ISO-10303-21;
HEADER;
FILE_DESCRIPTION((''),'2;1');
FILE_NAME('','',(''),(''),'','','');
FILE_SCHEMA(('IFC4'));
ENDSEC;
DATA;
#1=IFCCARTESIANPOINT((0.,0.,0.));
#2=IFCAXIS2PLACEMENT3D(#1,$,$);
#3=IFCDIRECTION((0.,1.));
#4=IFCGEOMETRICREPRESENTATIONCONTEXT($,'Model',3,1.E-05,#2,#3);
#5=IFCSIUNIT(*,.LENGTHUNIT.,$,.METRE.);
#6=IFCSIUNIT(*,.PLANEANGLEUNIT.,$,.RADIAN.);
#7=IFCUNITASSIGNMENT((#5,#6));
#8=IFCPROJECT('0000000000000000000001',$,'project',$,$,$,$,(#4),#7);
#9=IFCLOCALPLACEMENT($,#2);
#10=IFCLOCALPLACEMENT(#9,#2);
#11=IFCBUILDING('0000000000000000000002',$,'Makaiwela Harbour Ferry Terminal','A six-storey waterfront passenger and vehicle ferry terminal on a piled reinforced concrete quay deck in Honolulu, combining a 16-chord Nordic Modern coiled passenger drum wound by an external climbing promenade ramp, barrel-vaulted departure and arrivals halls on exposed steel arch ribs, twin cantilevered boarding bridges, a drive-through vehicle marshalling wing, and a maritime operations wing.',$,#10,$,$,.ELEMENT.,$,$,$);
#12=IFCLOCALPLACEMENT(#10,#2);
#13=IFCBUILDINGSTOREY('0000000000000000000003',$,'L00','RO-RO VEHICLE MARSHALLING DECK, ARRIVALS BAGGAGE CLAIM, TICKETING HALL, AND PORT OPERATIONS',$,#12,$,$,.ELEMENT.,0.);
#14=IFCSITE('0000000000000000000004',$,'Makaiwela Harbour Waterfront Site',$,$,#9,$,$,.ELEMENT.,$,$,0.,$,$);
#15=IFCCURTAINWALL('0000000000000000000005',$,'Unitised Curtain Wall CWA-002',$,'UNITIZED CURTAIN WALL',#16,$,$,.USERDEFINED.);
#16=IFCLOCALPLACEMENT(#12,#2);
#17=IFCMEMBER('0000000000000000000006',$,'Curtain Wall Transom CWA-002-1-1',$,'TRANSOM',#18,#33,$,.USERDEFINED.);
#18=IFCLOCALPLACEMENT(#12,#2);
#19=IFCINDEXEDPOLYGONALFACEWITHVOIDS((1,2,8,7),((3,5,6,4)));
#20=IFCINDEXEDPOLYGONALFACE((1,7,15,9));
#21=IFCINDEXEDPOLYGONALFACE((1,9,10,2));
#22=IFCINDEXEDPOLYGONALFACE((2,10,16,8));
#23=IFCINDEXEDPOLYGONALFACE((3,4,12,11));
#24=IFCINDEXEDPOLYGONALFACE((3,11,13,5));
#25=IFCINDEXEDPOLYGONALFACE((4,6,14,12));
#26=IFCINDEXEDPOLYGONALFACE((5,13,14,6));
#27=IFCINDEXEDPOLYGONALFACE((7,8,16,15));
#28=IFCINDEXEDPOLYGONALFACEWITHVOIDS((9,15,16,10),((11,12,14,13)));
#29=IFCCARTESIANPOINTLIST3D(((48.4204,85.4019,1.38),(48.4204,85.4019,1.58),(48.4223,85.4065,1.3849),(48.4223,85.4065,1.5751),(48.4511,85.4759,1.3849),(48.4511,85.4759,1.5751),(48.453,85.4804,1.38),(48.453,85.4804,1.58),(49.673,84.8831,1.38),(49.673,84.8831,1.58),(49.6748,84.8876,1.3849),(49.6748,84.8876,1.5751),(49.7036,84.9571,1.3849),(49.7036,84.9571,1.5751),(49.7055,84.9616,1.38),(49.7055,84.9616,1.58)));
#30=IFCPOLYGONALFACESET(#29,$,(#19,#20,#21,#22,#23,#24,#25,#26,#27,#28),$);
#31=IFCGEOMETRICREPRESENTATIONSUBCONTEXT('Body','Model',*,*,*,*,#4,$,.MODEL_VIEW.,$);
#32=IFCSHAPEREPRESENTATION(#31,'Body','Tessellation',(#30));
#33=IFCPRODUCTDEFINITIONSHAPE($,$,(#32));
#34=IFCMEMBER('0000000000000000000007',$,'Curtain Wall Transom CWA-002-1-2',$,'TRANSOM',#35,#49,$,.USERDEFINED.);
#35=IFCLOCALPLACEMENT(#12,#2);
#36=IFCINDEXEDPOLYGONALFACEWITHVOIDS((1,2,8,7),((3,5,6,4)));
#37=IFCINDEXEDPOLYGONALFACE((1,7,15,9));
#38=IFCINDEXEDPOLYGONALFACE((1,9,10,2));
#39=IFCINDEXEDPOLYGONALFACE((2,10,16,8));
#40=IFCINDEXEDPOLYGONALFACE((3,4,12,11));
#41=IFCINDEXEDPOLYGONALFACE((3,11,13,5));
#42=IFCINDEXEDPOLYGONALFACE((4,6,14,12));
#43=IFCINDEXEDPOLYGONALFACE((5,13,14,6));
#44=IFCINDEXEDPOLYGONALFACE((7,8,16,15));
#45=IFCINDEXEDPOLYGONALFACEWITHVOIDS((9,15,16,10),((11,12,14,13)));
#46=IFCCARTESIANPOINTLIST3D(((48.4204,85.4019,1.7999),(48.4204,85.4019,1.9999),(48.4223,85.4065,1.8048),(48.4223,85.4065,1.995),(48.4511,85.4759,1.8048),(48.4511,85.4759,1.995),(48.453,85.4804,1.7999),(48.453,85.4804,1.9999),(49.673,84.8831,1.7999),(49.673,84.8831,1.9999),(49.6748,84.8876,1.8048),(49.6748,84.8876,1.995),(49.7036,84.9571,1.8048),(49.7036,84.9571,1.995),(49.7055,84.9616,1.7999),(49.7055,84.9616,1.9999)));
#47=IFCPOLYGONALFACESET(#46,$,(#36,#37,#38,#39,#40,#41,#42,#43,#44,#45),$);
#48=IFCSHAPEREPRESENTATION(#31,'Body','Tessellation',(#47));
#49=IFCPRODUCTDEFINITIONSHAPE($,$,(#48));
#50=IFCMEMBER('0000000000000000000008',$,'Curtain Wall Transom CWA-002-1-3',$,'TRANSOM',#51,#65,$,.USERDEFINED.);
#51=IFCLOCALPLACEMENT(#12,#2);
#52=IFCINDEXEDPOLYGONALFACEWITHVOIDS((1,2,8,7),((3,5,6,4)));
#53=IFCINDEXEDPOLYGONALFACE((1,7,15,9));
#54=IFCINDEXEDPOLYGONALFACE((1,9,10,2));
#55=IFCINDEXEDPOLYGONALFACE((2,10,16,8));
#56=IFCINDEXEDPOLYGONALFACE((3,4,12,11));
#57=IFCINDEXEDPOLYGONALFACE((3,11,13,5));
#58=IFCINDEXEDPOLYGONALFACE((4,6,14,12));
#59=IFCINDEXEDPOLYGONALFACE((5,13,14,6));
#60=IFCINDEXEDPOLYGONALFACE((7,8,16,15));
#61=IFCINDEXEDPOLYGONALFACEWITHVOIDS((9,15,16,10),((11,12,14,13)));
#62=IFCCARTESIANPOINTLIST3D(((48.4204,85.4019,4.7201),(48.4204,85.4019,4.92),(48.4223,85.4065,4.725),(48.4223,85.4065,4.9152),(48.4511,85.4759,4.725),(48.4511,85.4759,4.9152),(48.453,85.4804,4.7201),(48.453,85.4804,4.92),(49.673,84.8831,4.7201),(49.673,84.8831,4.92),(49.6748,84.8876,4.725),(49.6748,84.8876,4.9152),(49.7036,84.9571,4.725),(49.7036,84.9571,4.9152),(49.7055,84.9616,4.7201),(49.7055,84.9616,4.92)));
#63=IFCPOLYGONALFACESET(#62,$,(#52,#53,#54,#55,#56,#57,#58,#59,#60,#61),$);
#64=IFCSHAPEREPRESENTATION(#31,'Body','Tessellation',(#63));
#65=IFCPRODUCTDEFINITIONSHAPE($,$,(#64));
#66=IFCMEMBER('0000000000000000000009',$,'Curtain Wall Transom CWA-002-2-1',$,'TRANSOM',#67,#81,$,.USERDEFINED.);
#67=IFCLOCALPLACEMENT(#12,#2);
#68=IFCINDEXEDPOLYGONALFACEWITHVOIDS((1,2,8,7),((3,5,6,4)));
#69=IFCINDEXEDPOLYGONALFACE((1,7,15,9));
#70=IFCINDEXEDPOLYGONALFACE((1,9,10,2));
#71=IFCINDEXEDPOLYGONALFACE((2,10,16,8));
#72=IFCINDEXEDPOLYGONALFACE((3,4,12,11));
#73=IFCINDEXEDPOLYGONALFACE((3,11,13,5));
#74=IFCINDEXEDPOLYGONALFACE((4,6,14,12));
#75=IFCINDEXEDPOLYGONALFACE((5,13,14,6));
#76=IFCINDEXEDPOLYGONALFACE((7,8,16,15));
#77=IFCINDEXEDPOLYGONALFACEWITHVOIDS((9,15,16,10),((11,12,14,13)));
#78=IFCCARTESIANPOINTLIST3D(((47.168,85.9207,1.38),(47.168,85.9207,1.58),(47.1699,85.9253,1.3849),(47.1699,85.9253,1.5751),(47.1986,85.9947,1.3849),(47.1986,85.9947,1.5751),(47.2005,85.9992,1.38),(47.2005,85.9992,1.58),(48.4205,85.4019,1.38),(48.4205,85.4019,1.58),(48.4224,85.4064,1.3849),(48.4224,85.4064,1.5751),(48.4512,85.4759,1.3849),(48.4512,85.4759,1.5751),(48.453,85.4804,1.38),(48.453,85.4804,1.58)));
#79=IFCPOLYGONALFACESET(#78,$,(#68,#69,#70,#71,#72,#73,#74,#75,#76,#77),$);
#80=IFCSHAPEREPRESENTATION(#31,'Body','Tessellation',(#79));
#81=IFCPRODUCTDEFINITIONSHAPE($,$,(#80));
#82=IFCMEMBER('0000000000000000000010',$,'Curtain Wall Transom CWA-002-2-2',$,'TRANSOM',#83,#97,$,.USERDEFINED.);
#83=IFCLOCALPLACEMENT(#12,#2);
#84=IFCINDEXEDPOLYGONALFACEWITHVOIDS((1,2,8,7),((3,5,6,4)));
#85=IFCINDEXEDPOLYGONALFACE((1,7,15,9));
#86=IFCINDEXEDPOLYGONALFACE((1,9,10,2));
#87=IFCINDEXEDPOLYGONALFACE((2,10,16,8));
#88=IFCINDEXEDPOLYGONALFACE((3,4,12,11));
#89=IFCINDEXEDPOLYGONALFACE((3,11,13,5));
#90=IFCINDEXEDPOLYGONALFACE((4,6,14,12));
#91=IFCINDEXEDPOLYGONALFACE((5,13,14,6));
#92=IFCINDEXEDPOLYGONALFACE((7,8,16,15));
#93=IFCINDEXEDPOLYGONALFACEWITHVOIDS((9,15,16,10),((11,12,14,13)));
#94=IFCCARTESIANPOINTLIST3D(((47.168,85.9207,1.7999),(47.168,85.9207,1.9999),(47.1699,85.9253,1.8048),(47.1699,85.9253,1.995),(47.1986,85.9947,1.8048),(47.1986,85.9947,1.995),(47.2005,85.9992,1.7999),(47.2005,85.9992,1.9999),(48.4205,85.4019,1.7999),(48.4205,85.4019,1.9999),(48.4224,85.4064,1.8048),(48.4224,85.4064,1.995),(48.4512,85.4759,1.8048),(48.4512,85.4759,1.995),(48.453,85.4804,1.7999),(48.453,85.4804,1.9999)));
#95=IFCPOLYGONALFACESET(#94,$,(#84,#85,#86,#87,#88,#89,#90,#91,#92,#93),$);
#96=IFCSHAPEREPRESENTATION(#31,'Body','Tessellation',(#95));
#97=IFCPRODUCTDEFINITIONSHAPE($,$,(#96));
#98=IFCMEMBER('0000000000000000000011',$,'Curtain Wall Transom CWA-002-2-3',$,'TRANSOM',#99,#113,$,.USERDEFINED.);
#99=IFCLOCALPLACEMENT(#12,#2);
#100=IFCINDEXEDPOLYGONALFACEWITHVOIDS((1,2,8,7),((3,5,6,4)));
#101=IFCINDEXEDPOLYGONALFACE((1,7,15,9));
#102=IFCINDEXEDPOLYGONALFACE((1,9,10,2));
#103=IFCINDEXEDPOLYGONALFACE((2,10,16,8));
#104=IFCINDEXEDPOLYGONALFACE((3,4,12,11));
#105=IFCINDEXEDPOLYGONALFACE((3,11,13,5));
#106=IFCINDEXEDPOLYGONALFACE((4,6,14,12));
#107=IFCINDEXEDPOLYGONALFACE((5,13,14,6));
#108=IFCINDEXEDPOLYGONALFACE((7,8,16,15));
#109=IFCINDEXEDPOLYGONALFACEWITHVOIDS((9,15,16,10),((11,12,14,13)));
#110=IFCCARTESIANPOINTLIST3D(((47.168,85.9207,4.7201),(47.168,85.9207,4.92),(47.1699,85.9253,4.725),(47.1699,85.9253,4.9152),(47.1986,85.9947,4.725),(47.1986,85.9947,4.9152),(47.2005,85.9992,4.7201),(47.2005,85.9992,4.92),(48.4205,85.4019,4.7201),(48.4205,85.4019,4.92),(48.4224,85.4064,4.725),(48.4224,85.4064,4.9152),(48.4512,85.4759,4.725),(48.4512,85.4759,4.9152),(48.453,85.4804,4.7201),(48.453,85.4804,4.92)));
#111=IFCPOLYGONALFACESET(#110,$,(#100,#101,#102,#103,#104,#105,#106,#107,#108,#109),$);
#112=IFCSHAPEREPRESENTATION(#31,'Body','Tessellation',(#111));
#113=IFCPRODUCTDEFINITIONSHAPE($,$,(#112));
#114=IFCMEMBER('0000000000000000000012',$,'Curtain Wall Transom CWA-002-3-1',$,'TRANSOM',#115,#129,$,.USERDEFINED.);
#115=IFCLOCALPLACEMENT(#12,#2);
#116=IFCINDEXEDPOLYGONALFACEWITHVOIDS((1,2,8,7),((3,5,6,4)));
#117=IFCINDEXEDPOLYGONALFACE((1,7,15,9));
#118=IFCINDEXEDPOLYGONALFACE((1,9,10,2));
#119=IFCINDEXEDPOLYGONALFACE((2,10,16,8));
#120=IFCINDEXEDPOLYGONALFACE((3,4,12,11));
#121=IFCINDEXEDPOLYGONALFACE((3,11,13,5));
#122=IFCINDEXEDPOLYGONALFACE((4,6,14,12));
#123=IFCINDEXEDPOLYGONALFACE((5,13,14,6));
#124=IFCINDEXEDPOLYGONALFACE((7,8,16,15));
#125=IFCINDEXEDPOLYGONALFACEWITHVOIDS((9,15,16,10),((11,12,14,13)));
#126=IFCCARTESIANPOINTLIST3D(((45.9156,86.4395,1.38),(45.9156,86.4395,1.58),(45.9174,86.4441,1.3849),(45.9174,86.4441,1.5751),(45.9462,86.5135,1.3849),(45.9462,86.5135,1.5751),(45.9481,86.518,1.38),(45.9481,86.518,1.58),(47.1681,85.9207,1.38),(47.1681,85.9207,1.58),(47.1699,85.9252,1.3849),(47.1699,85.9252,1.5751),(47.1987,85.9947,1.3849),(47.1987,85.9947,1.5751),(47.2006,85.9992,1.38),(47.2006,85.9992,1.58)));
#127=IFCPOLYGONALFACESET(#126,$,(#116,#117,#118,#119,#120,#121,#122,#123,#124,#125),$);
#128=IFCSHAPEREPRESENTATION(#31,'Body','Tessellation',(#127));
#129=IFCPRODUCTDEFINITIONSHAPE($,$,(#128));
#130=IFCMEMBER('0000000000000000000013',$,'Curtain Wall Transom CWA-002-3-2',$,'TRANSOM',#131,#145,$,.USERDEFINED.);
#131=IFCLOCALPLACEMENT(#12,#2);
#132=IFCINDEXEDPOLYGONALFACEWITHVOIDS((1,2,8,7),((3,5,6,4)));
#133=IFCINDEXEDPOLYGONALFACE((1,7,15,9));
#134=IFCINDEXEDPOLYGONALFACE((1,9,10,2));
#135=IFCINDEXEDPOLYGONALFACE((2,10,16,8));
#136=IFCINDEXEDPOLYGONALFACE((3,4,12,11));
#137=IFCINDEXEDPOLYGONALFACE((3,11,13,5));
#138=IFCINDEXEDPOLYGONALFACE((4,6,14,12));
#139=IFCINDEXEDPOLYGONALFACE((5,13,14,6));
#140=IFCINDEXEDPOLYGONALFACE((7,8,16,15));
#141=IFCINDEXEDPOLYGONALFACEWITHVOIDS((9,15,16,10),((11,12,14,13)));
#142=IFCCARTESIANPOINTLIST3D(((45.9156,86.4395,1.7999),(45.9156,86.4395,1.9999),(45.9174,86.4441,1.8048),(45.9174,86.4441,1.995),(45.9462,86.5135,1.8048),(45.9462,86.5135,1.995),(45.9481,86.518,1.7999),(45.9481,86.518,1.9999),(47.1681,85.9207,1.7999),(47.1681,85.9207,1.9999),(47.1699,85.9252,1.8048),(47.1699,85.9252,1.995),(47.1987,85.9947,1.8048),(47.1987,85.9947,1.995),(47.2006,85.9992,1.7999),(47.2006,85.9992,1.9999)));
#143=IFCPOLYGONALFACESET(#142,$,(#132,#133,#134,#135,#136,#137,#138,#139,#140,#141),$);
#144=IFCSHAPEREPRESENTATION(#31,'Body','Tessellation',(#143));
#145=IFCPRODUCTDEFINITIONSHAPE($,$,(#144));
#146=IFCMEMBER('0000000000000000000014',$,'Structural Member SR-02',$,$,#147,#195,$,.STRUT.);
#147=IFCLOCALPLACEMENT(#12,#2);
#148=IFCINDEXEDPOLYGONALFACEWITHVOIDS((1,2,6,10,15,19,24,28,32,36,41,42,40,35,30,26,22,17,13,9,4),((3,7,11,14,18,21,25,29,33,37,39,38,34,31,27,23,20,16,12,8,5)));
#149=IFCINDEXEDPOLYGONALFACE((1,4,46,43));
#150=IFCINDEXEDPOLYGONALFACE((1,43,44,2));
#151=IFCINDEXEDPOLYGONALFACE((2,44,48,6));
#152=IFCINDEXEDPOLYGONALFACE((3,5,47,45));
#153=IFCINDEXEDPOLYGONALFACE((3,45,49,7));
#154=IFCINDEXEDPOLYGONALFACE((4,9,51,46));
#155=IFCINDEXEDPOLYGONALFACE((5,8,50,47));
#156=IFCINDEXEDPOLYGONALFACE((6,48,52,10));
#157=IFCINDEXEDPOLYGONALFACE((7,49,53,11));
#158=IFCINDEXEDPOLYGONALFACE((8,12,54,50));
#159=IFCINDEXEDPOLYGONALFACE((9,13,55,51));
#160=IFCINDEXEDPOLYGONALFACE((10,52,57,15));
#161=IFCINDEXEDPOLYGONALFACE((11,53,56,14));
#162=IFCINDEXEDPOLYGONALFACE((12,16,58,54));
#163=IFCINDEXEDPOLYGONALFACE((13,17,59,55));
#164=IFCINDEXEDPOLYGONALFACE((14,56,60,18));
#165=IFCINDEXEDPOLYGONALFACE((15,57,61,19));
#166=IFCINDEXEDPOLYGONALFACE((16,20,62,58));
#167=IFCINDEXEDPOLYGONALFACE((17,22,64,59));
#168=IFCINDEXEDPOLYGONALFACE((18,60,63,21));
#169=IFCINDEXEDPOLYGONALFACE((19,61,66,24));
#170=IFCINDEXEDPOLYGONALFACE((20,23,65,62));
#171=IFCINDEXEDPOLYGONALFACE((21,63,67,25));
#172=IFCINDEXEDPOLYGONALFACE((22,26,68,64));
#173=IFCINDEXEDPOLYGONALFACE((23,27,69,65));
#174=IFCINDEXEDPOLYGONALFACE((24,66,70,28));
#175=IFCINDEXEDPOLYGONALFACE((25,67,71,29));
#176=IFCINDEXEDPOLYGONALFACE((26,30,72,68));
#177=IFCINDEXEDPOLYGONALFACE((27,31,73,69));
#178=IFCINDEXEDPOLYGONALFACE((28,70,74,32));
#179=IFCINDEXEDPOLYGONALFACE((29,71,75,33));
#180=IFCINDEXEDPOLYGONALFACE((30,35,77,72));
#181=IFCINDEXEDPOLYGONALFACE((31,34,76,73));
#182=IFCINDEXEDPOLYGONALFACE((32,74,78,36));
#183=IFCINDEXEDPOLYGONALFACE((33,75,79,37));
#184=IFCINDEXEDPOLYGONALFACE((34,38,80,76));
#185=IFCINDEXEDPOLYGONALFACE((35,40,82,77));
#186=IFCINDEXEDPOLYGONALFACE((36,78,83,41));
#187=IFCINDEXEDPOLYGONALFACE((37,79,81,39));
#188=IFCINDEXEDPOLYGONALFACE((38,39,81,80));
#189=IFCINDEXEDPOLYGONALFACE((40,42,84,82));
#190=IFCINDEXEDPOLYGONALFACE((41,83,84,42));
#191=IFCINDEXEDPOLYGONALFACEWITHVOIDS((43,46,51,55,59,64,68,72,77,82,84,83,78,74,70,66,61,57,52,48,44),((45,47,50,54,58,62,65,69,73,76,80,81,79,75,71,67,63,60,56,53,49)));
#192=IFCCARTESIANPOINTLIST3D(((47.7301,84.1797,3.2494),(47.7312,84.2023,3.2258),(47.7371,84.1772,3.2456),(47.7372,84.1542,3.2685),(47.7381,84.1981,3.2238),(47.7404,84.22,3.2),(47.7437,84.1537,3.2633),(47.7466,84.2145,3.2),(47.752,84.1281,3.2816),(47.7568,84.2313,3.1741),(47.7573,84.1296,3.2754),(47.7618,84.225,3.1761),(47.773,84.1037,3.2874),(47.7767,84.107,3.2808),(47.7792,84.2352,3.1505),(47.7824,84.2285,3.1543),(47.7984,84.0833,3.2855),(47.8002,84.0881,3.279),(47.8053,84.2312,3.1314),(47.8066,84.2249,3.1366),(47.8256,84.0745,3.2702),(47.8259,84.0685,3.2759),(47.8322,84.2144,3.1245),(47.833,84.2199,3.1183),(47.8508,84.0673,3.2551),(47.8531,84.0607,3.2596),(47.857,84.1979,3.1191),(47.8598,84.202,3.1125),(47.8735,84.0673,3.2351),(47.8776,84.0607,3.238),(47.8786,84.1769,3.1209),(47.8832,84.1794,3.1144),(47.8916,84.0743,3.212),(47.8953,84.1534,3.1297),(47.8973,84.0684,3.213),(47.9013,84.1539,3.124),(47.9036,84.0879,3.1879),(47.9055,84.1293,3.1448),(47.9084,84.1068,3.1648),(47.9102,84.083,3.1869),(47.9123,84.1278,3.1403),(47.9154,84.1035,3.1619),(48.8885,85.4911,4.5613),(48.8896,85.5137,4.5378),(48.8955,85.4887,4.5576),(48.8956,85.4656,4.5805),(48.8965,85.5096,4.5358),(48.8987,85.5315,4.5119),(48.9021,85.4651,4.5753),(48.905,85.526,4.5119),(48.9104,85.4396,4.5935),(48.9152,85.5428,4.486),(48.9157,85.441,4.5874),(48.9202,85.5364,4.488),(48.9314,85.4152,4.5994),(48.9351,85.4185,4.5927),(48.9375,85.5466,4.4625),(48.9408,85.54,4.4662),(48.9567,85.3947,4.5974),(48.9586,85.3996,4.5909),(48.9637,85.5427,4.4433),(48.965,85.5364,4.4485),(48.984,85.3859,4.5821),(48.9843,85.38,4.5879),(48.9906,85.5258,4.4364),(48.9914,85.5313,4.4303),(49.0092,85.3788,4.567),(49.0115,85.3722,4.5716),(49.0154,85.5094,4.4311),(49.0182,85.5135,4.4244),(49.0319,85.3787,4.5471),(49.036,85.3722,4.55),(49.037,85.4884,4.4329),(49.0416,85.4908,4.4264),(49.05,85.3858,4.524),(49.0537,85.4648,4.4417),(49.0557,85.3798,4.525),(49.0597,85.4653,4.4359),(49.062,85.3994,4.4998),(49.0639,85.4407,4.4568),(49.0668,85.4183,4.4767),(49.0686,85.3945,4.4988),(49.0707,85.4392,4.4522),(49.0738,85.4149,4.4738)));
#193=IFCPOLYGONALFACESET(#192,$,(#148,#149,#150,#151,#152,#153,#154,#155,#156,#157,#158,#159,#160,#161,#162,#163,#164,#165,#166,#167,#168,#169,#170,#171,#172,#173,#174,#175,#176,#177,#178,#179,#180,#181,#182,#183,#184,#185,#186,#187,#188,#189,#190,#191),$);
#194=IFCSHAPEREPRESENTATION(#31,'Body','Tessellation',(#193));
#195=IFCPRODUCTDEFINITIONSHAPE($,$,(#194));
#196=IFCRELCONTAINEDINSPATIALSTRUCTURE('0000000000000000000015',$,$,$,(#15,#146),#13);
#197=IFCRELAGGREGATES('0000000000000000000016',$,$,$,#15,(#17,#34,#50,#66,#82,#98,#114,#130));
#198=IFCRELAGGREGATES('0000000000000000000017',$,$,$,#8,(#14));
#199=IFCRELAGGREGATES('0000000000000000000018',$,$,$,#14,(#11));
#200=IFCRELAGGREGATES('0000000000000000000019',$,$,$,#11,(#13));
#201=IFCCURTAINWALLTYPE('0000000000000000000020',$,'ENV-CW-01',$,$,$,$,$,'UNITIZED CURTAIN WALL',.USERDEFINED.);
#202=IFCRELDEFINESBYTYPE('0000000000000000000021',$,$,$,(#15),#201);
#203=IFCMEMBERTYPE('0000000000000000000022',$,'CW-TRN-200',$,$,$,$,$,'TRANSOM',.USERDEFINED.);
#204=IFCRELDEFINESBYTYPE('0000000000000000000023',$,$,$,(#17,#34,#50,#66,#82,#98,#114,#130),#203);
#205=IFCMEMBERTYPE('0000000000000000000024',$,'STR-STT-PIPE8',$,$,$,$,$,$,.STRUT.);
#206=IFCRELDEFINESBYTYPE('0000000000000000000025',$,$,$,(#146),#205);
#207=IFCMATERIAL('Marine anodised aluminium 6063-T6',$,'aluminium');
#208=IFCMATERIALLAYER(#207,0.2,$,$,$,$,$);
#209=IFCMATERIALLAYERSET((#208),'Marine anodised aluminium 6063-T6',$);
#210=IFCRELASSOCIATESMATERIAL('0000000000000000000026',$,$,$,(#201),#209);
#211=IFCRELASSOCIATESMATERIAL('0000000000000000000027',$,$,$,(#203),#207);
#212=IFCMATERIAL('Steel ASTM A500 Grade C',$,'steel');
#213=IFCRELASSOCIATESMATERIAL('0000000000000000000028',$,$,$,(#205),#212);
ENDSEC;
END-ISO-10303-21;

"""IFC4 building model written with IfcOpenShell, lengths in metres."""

from ifc_helpers import new_model, si_unit, direction, frame, origin, origin_2d, place, context, subcontext, project, spatial, hollow_rectangle, hollow_circle, extrude, material, layer, layer_set, material_profile, profile_set, type_object, element, aggregate, save


model = new_model("IFC4")

# Units and contexts
model_context = context("Model", 3, precision=1e-05, world=origin(), true_north=direction((0.0, 1.0)))
body_context = subcontext(model_context, "Body", "Model", "MODEL_VIEW")
ifc_project = project(units=[si_unit("LENGTHUNIT", "METRE"), si_unit("PLANEANGLEUNIT", "RADIAN")], contexts=[model_context])

# Site, building, storey
site_placement = place(None, origin())
site = spatial("IfcSite", under=ifc_project, at=site_placement, Name="Makaiwela Harbour Waterfront Site", CompositionType="ELEMENT", RefElevation=0.0)
building_placement = place(site_placement, origin())
building = spatial("IfcBuilding", under=site, at=building_placement, Name="Makaiwela Harbour Ferry Terminal", Description="A six-storey waterfront passenger and vehicle ferry terminal on a piled reinforced concrete quay deck in Honolulu, combining a 16-chord Nordic Modern coiled passenger drum wound by an external climbing promenade ramp, barrel-vaulted departure and arrivals halls on exposed steel arch ribs, twin cantilevered boarding bridges, a drive-through vehicle marshalling wing, and a maritime operations wing.", CompositionType="ELEMENT")
storey_placement = place(building_placement, origin())
storey = spatial("IfcBuildingStorey", under=building, at=storey_placement, Name="L00", Description="RO-RO VEHICLE MARSHALLING DECK, ARRIVALS BAGGAGE CLAIM, TICKETING HALL, AND PORT OPERATIONS", CompositionType="ELEMENT", Elevation=0.0)

# Shared definitions
ifc_material_1 = material(Name="Marine anodised aluminium 6063-T6", Category="aluminium")
ifc_layer_1 = layer(ifc_material_1, 0.2)
ifc_layer_set_1 = layer_set([ifc_layer_1], Name="Marine anodised aluminium 6063-T6")
curtain_wall_type = type_object("IfcCurtainWallType", Name="ENV-CW-01", ElementType="UNITIZED CURTAIN WALL", PredefinedType="USERDEFINED", material=ifc_layer_set_1)

# Curtain wall, members
curtain_wall_1_placement = place(storey_placement, origin())
curtain_wall_1 = element("IfcCurtainWall", 1, at=curtain_wall_1_placement, inside=storey, type_object=curtain_wall_type, Name="Unitised Curtain Wall CWA-002", ObjectType="UNITIZED CURTAIN WALL", PredefinedType="USERDEFINED")
ifc_material_profile_1 = material_profile(ifc_material_1, hollow_rectangle(XDim=0.085, YDim=0.2, WallThickness=0.0049, at=origin_2d()), Name="CWT-200X85")
ifc_profile_set_1 = profile_set([ifc_material_profile_1], Name="Marine anodised aluminium 6063-T6")
member_type_1 = type_object("IfcMemberType", Name="CW-TRN-200", ElementType="TRANSOM", PredefinedType="USERDEFINED", material=ifc_profile_set_1)
member_1_placement = place(storey_placement, frame((49.6892, 84.9224, 1.48), z_axis=(-0.923874, 0.382696, 0.0), x_axis=(-0.382696, -0.923874, 0.0)))
member_1 = element("IfcMember", 2, at=member_1_placement, type_object=member_type_1, Name="Curtain Wall Transom CWA-002-1-1", ObjectType="TRANSOM", PredefinedType="USERDEFINED", context=body_context, shape_type="SweptSolid", body=[
    extrude(hollow_rectangle(XDim=0.085, YDim=0.2, WallThickness=0.0049, at=origin_2d()), origin(), (0.0, 0.0, 1.0), 1.3557),
])
member_2_placement = place(storey_placement, frame((49.6892, 84.9224, 1.8999), z_axis=(-0.923874, 0.382696, 0.0), x_axis=(-0.382696, -0.923874, 0.0)))
member_2 = element("IfcMember", 3, at=member_2_placement, type_object=member_type_1, Name="Curtain Wall Transom CWA-002-1-2", ObjectType="TRANSOM", PredefinedType="USERDEFINED", context=body_context, shape_type="SweptSolid", body=[
    extrude(hollow_rectangle(XDim=0.085, YDim=0.2, WallThickness=0.0049, at=origin_2d()), origin(), (0.0, 0.0, 1.0), 1.3557),
])
member_3_placement = place(storey_placement, frame((49.6892, 84.9224, 4.8201), z_axis=(-0.923874, 0.382696, 0.0), x_axis=(-0.382696, -0.923874, 0.0)))
member_3 = element("IfcMember", 4, at=member_3_placement, type_object=member_type_1, Name="Curtain Wall Transom CWA-002-1-3", ObjectType="TRANSOM", PredefinedType="USERDEFINED", context=body_context, shape_type="SweptSolid", body=[
    extrude(hollow_rectangle(XDim=0.085, YDim=0.2, WallThickness=0.0049, at=origin_2d()), origin(), (0.0, 0.0, 1.0), 1.3557),
])
member_4_placement = place(storey_placement, frame((48.4368, 85.4412, 1.48), z_axis=(-0.923874, 0.382696, 0.0), x_axis=(-0.382696, -0.923874, 0.0)))
member_4 = element("IfcMember", 5, at=member_4_placement, type_object=member_type_1, Name="Curtain Wall Transom CWA-002-2-1", ObjectType="TRANSOM", PredefinedType="USERDEFINED", context=body_context, shape_type="SweptSolid", body=[
    extrude(hollow_rectangle(XDim=0.085, YDim=0.2, WallThickness=0.0049, at=origin_2d()), origin(), (0.0, 0.0, 1.0), 1.3557),
])
member_5_placement = place(storey_placement, frame((48.4368, 85.4412, 1.8999), z_axis=(-0.923874, 0.382696, 0.0), x_axis=(-0.382696, -0.923874, 0.0)))
member_5 = element("IfcMember", 6, at=member_5_placement, type_object=member_type_1, Name="Curtain Wall Transom CWA-002-2-2", ObjectType="TRANSOM", PredefinedType="USERDEFINED", context=body_context, shape_type="SweptSolid", body=[
    extrude(hollow_rectangle(XDim=0.085, YDim=0.2, WallThickness=0.0049, at=origin_2d()), origin(), (0.0, 0.0, 1.0), 1.3557),
])
member_6_placement = place(storey_placement, frame((48.4368, 85.4412, 4.8201), z_axis=(-0.923874, 0.382696, 0.0), x_axis=(-0.382696, -0.923874, 0.0)))
member_6 = element("IfcMember", 7, at=member_6_placement, type_object=member_type_1, Name="Curtain Wall Transom CWA-002-2-3", ObjectType="TRANSOM", PredefinedType="USERDEFINED", context=body_context, shape_type="SweptSolid", body=[
    extrude(hollow_rectangle(XDim=0.085, YDim=0.2, WallThickness=0.0049, at=origin_2d()), origin(), (0.0, 0.0, 1.0), 1.3557),
])
member_7_placement = place(storey_placement, frame((47.1843, 85.96, 1.48), z_axis=(-0.923874, 0.382696, 0.0), x_axis=(-0.382696, -0.923874, 0.0)))
member_7 = element("IfcMember", 8, at=member_7_placement, type_object=member_type_1, Name="Curtain Wall Transom CWA-002-3-1", ObjectType="TRANSOM", PredefinedType="USERDEFINED", context=body_context, shape_type="SweptSolid", body=[
    extrude(hollow_rectangle(XDim=0.085, YDim=0.2, WallThickness=0.0049, at=origin_2d()), origin(), (0.0, 0.0, 1.0), 1.3557),
])
member_8_placement = place(storey_placement, frame((47.1843, 85.96, 1.8999), z_axis=(-0.923874, 0.382696, 0.0), x_axis=(-0.382696, -0.923874, 0.0)))
member_8 = element("IfcMember", 9, at=member_8_placement, type_object=member_type_1, Name="Curtain Wall Transom CWA-002-3-2", ObjectType="TRANSOM", PredefinedType="USERDEFINED", context=body_context, shape_type="SweptSolid", body=[
    extrude(hollow_rectangle(XDim=0.085, YDim=0.2, WallThickness=0.0049, at=origin_2d()), origin(), (0.0, 0.0, 1.0), 1.3557),
])

# Member
ifc_material_2 = material(Name="Steel ASTM A500 Grade C", Category="steel")
ifc_material_profile_2 = material_profile(ifc_material_2, hollow_circle(Radius=0.1096, WallThickness=0.0083, at=origin_2d()), Name="PIPE8STD")
ifc_profile_set_2 = profile_set([ifc_material_profile_2], Name="Steel ASTM A500 Grade C")
member_type_2 = type_object("IfcMemberType", Name="STR-STT-PIPE8", PredefinedType="STRUT", material=ifc_profile_set_2)
member_9_placement = place(storey_placement, frame((47.8225, 84.1475, 3.2), z_axis=(0.529669, 0.599659, 0.599883), x_axis=(-0.749492, 0.662014, 0.0)))
element("IfcMember", 10, at=member_9_placement, inside=storey, type_object=member_type_2, Name="Structural Member SR-02", PredefinedType="STRUT", context=body_context, shape_type="SweptSolid", body=[
    extrude(hollow_circle(Radius=0.1096, WallThickness=0.0083, at=origin_2d()), origin(), (0.0, 0.0, 1.0), 2.187),
])

aggregate(curtain_wall_1, [member_1, member_2, member_3, member_4, member_5, member_6, member_7, member_8])

save(model, "model.ifc")
